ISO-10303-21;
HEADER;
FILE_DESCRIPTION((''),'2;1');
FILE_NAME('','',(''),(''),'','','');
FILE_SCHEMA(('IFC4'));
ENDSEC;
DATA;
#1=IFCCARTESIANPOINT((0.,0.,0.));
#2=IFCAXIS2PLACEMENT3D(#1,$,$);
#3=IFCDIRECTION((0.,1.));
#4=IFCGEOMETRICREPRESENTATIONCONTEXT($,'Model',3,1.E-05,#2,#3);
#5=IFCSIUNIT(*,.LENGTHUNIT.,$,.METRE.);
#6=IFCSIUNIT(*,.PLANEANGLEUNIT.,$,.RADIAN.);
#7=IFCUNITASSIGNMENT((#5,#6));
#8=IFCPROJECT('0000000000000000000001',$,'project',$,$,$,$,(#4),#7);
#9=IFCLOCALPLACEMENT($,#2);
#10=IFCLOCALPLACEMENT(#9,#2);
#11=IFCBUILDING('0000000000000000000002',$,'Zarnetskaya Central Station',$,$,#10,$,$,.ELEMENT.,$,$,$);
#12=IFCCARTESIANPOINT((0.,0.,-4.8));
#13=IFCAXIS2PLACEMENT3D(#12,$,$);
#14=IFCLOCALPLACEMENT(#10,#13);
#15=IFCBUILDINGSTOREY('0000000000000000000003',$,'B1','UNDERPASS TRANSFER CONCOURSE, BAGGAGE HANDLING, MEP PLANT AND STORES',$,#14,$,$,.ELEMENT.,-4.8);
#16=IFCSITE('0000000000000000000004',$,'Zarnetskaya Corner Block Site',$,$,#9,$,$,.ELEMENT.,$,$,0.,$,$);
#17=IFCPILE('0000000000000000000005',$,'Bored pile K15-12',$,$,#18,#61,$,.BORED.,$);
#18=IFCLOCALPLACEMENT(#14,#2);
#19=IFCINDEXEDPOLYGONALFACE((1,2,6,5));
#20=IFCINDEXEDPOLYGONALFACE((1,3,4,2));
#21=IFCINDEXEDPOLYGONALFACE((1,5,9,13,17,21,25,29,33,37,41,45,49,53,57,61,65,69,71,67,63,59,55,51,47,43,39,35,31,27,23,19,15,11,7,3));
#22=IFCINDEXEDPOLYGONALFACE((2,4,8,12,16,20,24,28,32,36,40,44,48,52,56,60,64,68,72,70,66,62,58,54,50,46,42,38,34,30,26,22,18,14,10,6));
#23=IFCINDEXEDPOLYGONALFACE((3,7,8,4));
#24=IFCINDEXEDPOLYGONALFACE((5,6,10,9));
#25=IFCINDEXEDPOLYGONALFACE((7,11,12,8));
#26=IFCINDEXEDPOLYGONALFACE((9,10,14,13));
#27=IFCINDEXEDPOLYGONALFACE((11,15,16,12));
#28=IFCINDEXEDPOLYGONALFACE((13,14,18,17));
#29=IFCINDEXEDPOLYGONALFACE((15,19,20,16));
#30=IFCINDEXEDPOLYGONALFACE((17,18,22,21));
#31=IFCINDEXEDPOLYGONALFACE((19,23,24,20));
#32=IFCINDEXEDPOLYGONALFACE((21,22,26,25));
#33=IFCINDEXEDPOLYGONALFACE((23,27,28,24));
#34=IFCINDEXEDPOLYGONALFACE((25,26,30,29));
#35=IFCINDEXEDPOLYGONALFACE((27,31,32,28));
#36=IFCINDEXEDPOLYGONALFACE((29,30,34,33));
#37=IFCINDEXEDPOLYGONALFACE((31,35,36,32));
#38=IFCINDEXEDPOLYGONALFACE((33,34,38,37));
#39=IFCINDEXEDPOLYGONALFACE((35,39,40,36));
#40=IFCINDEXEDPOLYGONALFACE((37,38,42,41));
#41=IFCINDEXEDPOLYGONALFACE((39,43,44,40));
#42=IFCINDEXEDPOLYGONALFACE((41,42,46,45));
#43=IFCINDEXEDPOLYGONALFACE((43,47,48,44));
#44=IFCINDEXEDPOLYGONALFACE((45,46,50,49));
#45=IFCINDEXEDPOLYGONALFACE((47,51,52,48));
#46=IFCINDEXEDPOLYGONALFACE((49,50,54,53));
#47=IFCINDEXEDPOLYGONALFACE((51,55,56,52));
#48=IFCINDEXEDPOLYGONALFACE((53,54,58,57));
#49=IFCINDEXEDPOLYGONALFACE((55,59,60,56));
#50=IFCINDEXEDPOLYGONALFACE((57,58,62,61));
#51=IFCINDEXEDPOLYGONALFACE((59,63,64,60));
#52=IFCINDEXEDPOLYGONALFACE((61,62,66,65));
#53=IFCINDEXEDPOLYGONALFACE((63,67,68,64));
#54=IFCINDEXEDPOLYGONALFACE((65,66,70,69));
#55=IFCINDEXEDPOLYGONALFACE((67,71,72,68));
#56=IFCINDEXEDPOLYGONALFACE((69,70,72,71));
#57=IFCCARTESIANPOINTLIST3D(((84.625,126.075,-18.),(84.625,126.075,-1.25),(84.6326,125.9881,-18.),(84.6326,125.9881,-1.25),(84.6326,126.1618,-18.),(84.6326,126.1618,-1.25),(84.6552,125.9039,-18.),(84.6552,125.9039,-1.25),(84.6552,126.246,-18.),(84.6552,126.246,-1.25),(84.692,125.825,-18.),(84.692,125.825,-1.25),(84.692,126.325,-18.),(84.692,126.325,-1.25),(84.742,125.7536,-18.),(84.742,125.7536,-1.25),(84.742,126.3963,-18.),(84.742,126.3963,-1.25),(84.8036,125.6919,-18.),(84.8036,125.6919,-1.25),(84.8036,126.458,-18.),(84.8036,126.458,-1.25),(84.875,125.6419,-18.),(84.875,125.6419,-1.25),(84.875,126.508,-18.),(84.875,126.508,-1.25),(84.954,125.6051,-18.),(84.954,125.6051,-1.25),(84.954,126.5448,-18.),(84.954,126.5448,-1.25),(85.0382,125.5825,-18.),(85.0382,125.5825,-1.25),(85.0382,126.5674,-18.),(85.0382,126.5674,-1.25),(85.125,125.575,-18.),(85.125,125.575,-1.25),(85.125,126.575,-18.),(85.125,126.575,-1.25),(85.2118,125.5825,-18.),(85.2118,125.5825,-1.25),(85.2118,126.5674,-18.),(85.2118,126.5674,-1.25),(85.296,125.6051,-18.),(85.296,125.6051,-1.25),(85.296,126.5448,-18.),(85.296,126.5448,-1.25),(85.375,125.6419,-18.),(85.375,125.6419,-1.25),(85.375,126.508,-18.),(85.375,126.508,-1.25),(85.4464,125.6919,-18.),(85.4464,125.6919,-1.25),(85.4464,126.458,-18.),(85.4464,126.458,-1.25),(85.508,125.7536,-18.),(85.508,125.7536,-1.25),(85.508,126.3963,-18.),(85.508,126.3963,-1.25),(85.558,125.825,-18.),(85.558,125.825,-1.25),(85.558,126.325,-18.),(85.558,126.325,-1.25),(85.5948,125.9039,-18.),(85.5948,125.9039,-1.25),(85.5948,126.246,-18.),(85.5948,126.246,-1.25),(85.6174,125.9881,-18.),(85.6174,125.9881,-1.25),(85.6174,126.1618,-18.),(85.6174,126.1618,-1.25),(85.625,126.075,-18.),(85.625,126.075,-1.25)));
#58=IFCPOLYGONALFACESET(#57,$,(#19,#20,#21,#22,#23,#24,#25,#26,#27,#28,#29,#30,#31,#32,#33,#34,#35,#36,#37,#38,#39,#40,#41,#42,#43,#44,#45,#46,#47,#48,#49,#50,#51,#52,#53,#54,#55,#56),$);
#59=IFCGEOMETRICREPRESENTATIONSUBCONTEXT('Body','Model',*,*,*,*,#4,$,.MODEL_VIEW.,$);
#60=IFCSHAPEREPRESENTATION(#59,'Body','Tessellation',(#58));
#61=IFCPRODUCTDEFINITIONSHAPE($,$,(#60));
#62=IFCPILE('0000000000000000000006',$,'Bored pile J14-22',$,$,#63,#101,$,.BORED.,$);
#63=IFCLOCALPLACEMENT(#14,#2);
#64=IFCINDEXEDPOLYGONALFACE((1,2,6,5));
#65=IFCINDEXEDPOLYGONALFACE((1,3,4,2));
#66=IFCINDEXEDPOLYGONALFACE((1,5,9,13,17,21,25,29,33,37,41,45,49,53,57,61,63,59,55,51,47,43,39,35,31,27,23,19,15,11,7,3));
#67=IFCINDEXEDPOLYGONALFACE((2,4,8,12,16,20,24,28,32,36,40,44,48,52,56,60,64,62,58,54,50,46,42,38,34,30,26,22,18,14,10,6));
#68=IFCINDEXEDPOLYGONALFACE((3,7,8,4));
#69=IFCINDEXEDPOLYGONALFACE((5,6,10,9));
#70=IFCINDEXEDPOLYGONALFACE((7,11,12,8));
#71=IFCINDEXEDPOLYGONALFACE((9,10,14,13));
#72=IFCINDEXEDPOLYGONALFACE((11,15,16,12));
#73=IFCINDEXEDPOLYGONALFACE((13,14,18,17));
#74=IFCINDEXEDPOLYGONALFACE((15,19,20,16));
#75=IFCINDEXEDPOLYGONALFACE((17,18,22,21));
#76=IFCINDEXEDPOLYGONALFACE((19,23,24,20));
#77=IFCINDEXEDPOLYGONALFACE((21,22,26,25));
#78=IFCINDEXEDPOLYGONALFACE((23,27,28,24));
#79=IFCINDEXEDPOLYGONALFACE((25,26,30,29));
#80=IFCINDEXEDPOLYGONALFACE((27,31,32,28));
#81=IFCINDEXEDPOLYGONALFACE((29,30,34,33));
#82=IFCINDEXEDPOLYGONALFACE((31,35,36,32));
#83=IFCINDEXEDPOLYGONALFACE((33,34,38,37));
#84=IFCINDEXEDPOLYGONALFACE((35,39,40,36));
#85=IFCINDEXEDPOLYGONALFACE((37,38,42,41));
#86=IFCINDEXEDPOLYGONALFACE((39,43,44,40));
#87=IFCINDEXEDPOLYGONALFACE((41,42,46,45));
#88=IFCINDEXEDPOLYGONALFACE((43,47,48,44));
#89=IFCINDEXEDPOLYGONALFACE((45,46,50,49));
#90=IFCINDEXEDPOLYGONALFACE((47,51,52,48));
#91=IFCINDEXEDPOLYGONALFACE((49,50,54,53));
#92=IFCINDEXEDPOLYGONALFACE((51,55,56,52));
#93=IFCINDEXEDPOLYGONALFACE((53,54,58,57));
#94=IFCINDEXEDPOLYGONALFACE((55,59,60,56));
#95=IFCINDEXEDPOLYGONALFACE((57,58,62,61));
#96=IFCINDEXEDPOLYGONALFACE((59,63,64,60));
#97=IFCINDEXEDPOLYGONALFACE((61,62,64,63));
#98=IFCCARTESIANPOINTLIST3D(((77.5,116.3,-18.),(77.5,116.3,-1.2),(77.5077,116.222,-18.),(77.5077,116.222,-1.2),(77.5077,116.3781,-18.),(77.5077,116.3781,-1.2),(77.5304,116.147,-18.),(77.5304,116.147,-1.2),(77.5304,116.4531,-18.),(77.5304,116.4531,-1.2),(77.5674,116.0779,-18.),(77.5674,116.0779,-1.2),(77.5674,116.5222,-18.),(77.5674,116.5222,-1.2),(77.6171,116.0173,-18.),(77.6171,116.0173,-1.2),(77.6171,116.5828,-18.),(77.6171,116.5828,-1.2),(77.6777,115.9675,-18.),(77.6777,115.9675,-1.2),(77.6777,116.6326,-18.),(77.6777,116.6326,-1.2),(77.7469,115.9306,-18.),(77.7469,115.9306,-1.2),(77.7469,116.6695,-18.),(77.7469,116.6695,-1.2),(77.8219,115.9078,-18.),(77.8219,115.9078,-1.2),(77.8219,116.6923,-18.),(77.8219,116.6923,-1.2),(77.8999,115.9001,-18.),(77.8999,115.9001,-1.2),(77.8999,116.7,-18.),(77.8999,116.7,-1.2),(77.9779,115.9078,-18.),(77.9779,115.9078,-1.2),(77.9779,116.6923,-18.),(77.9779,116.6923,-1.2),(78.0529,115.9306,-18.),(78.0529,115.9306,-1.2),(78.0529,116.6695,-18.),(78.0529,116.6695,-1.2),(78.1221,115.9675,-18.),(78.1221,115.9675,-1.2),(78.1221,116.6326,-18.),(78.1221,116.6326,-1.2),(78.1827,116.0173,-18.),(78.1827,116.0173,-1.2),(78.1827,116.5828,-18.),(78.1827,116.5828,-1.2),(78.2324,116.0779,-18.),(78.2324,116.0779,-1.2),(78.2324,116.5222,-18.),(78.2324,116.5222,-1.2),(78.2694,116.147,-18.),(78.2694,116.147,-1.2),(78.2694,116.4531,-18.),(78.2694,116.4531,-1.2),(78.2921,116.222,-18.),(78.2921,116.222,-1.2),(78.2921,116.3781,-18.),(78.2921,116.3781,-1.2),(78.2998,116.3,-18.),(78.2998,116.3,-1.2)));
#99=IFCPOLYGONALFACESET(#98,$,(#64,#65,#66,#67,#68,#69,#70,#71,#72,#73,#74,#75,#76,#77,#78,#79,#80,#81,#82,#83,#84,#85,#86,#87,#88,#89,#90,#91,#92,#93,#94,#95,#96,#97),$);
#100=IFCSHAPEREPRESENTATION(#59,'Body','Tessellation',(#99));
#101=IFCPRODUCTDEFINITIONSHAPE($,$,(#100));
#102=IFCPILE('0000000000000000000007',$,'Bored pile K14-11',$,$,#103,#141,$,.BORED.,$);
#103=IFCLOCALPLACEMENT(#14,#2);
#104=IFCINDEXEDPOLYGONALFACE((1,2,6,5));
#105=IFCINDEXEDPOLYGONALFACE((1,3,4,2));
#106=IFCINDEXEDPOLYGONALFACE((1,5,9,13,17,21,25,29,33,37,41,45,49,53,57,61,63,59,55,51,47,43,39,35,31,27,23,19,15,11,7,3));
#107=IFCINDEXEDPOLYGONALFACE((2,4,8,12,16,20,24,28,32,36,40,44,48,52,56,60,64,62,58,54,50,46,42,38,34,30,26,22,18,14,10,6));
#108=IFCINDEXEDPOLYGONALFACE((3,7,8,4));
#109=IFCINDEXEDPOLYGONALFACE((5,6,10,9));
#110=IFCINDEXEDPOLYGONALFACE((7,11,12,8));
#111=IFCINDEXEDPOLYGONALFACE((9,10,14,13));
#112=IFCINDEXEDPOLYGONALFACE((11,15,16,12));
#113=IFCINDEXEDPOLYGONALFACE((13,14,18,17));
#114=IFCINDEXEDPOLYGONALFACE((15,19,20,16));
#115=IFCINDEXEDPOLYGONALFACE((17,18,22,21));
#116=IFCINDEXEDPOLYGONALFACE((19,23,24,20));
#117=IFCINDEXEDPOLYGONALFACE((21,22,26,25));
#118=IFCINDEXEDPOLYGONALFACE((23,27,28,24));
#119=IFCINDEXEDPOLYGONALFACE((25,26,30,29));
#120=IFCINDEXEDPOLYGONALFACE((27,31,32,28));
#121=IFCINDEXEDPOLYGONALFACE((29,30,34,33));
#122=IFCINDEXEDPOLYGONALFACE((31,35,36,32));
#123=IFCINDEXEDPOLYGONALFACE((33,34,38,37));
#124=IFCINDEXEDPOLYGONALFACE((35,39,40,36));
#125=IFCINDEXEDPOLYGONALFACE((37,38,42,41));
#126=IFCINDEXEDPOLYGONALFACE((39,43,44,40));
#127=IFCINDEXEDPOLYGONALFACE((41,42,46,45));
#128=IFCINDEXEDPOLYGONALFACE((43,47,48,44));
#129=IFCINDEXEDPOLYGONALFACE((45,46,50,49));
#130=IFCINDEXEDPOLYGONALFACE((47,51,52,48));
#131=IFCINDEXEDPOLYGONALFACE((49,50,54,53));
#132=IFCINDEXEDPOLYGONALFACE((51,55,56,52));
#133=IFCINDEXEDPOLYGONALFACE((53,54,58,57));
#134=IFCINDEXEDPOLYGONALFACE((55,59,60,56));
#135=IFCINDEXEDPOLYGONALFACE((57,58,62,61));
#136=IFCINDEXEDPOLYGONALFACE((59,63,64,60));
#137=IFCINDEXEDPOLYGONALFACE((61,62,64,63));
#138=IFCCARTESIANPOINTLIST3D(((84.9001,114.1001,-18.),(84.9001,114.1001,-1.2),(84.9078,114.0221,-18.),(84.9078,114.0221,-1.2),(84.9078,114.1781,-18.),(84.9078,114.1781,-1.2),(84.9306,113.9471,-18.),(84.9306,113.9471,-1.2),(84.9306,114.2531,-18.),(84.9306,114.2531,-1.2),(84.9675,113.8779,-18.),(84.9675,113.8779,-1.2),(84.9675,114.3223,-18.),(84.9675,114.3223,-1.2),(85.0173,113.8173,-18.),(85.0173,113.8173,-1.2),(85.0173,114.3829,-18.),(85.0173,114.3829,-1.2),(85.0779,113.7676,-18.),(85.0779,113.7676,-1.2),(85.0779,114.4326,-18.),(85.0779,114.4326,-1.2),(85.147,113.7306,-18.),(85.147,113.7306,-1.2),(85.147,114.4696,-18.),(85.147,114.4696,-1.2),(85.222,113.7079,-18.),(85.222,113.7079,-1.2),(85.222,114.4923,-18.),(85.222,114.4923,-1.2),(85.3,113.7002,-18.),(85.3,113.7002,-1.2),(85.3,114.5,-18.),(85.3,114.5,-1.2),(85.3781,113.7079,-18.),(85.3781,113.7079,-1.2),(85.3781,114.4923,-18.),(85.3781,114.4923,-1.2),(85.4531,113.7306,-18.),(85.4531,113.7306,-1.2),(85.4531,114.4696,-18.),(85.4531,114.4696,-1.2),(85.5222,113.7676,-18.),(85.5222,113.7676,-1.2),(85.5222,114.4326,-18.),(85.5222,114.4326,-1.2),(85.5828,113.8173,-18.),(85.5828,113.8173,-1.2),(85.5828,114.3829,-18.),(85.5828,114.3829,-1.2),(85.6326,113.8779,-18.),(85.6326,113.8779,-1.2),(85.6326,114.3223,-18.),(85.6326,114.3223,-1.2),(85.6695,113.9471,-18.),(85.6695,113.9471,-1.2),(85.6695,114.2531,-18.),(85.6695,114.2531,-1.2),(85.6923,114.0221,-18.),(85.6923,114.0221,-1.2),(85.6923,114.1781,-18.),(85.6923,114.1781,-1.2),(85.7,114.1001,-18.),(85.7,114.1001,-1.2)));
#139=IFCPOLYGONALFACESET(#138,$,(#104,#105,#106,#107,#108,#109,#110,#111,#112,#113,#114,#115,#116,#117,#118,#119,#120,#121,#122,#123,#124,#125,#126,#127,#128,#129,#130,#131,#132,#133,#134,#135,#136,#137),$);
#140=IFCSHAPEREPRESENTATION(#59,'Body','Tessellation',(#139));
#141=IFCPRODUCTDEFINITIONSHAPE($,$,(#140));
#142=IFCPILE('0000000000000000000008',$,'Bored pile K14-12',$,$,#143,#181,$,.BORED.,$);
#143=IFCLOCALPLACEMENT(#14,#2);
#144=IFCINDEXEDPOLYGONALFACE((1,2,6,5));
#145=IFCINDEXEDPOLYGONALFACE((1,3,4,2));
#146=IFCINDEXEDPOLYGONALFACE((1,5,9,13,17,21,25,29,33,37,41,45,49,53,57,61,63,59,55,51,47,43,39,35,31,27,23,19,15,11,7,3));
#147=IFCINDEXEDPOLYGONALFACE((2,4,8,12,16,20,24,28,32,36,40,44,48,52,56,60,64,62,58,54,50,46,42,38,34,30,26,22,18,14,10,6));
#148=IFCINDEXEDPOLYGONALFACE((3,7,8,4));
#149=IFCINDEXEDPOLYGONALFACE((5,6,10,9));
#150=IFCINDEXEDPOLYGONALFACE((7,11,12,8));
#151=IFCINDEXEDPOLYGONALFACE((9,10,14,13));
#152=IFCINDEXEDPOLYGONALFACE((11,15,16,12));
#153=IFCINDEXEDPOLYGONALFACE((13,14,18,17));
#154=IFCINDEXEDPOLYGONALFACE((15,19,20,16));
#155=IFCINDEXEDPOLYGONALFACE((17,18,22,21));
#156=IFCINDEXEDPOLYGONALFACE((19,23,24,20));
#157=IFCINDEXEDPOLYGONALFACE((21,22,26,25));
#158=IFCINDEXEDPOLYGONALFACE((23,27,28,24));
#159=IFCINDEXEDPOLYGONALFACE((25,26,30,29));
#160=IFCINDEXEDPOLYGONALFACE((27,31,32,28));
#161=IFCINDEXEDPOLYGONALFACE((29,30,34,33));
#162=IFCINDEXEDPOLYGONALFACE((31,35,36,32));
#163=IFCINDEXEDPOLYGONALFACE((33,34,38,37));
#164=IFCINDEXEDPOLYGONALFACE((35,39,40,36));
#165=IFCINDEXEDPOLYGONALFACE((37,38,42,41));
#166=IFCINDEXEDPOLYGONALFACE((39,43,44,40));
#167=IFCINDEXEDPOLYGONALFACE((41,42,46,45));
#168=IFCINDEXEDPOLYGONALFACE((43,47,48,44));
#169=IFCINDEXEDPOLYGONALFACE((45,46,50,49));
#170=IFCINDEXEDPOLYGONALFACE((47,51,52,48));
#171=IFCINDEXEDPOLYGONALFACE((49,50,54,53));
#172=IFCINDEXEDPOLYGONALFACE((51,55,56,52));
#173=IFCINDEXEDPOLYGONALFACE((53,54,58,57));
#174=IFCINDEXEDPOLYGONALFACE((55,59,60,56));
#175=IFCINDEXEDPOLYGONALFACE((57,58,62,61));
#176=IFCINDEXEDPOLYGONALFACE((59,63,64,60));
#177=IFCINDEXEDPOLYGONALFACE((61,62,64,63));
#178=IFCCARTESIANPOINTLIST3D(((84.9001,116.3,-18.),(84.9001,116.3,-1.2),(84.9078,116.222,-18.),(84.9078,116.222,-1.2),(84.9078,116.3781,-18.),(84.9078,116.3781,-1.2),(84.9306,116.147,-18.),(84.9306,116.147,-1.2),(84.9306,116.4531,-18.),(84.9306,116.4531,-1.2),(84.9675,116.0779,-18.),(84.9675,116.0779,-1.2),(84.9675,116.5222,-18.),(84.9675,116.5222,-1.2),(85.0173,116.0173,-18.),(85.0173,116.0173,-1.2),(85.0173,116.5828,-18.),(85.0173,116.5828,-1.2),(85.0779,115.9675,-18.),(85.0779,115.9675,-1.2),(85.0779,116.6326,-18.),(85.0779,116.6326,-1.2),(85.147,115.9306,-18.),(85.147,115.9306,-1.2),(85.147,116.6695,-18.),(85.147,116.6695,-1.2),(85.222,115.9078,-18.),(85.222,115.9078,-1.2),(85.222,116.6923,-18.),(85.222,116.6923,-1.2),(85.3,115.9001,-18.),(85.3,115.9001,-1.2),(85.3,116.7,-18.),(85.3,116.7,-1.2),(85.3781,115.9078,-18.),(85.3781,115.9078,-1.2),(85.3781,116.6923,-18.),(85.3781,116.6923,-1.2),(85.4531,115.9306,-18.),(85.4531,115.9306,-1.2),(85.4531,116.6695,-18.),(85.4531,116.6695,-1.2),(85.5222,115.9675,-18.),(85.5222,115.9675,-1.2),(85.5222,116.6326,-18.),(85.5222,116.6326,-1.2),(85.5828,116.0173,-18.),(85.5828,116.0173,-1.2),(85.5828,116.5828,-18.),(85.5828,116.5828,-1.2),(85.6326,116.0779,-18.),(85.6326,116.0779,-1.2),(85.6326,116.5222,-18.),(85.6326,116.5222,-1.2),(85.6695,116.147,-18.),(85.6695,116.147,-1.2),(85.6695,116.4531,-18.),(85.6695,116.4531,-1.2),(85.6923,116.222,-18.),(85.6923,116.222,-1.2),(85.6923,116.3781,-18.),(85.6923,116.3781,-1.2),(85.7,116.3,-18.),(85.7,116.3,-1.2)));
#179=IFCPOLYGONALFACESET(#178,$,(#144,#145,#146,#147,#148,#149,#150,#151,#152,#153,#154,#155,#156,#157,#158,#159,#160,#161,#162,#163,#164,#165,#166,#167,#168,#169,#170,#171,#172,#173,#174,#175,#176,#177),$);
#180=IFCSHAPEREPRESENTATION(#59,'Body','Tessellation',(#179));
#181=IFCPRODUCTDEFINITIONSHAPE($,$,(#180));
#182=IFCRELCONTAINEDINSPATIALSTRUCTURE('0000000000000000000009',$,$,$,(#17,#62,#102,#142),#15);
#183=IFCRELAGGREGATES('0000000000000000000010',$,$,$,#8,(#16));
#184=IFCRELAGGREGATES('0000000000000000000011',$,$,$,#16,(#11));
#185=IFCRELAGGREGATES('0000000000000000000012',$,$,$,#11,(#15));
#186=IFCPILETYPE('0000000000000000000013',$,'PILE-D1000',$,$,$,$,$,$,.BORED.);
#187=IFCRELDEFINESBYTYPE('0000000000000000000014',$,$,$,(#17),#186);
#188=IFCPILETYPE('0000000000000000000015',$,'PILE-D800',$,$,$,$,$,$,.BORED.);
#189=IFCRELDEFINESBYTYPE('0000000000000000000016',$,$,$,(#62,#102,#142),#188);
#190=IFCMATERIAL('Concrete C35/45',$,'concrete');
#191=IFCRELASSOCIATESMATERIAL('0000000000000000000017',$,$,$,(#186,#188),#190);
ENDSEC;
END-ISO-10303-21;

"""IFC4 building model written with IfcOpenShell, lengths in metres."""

from ifc_helpers import new_model, si_unit, direction, frame, origin, origin_2d, place, context, subcontext, project, spatial, circle, extrude, material, material_profile, profile_set, type_object, element, save


model = new_model("IFC4")

# Units and contexts
model_context = context("Model", 3, precision=1e-05, world=origin(), true_north=direction((0.0, 1.0)))
body_context = subcontext(model_context, "Body", "Model", "MODEL_VIEW")
ifc_project = project(units=[si_unit("LENGTHUNIT", "METRE"), si_unit("PLANEANGLEUNIT", "RADIAN")], contexts=[model_context])

# Site, building, storey
site_placement = place(None, origin())
site = spatial("IfcSite", under=ifc_project, at=site_placement, Name="Zarnetskaya Corner Block Site", CompositionType="ELEMENT", RefElevation=0.0)
building_placement = place(site_placement, origin())
building = spatial("IfcBuilding", under=site, at=building_placement, Name="Zarnetskaya Central Station", CompositionType="ELEMENT")
storey_placement = place(building_placement, frame((0.0, 0.0, -4.8)))
storey = spatial("IfcBuildingStorey", under=building, at=storey_placement, Name="B1", Description="UNDERPASS TRANSFER CONCOURSE, BAGGAGE HANDLING, MEP PLANT AND STORES", CompositionType="ELEMENT", Elevation=-4.8)

# Shared definitions
ifc_material = material(Name="Concrete C35/45", Category="concrete")

# Piles
ifc_material_profile_1 = material_profile(ifc_material, circle(Radius=0.5, at=origin_2d()), Name="BORED PILE D1000")
ifc_profile_set_1 = profile_set([ifc_material_profile_1], Name="Concrete C35/45")
pile_type_1 = type_object("IfcPileType", Name="PILE-D1000", PredefinedType="BORED", material=ifc_profile_set_1)
for number, where, z_axis, x_axis, name in (
    (1, (85.125, 126.075, -1.25), (0.0, 0.0, -1.0), (1.0, 0.0, 0.0), "Bored pile K15-12"),
):
    element("IfcPile", number, at=place(storey_placement, frame(where, z_axis=z_axis, x_axis=x_axis)), inside=storey, type_object=pile_type_1, Name=name, PredefinedType="BORED", context=body_context, shape_type="SweptSolid", body=[
        extrude(circle(Radius=0.5, at=origin_2d()), origin(), (0.0, 0.0, 1.0), 16.75),
    ])
ifc_material_profile_2 = material_profile(ifc_material, circle(Radius=0.3999, at=origin_2d()), Name="BORED PILE D800")
ifc_profile_set_2 = profile_set([ifc_material_profile_2], Name="Concrete C35/45")
pile_type_2 = type_object("IfcPileType", Name="PILE-D800", PredefinedType="BORED", material=ifc_profile_set_2)
for number, where, z_axis, x_axis, name in (
    (2, (77.8999, 116.3, -1.2), (0.0, 0.0, -1.0), (1.0, 0.0, 0.0), "Bored pile J14-22"),
    (3, (85.3, 114.1001, -1.2), (0.0, 0.0, -1.0), (1.0, 0.0, 0.0), "Bored pile K14-11"),
    (4, (85.3, 116.3, -1.2), (0.0, 0.0, -1.0), (1.0, 0.0, 0.0), "Bored pile K14-12"),
):
    element("IfcPile", number, at=place(storey_placement, frame(where, z_axis=z_axis, x_axis=x_axis)), inside=storey, type_object=pile_type_2, Name=name, PredefinedType="BORED", context=body_context, shape_type="SweptSolid", body=[
        extrude(circle(Radius=0.3999, at=origin_2d()), origin(), (0.0, 0.0, 1.0), 16.8),
    ])

save(model, "model.ifc")
